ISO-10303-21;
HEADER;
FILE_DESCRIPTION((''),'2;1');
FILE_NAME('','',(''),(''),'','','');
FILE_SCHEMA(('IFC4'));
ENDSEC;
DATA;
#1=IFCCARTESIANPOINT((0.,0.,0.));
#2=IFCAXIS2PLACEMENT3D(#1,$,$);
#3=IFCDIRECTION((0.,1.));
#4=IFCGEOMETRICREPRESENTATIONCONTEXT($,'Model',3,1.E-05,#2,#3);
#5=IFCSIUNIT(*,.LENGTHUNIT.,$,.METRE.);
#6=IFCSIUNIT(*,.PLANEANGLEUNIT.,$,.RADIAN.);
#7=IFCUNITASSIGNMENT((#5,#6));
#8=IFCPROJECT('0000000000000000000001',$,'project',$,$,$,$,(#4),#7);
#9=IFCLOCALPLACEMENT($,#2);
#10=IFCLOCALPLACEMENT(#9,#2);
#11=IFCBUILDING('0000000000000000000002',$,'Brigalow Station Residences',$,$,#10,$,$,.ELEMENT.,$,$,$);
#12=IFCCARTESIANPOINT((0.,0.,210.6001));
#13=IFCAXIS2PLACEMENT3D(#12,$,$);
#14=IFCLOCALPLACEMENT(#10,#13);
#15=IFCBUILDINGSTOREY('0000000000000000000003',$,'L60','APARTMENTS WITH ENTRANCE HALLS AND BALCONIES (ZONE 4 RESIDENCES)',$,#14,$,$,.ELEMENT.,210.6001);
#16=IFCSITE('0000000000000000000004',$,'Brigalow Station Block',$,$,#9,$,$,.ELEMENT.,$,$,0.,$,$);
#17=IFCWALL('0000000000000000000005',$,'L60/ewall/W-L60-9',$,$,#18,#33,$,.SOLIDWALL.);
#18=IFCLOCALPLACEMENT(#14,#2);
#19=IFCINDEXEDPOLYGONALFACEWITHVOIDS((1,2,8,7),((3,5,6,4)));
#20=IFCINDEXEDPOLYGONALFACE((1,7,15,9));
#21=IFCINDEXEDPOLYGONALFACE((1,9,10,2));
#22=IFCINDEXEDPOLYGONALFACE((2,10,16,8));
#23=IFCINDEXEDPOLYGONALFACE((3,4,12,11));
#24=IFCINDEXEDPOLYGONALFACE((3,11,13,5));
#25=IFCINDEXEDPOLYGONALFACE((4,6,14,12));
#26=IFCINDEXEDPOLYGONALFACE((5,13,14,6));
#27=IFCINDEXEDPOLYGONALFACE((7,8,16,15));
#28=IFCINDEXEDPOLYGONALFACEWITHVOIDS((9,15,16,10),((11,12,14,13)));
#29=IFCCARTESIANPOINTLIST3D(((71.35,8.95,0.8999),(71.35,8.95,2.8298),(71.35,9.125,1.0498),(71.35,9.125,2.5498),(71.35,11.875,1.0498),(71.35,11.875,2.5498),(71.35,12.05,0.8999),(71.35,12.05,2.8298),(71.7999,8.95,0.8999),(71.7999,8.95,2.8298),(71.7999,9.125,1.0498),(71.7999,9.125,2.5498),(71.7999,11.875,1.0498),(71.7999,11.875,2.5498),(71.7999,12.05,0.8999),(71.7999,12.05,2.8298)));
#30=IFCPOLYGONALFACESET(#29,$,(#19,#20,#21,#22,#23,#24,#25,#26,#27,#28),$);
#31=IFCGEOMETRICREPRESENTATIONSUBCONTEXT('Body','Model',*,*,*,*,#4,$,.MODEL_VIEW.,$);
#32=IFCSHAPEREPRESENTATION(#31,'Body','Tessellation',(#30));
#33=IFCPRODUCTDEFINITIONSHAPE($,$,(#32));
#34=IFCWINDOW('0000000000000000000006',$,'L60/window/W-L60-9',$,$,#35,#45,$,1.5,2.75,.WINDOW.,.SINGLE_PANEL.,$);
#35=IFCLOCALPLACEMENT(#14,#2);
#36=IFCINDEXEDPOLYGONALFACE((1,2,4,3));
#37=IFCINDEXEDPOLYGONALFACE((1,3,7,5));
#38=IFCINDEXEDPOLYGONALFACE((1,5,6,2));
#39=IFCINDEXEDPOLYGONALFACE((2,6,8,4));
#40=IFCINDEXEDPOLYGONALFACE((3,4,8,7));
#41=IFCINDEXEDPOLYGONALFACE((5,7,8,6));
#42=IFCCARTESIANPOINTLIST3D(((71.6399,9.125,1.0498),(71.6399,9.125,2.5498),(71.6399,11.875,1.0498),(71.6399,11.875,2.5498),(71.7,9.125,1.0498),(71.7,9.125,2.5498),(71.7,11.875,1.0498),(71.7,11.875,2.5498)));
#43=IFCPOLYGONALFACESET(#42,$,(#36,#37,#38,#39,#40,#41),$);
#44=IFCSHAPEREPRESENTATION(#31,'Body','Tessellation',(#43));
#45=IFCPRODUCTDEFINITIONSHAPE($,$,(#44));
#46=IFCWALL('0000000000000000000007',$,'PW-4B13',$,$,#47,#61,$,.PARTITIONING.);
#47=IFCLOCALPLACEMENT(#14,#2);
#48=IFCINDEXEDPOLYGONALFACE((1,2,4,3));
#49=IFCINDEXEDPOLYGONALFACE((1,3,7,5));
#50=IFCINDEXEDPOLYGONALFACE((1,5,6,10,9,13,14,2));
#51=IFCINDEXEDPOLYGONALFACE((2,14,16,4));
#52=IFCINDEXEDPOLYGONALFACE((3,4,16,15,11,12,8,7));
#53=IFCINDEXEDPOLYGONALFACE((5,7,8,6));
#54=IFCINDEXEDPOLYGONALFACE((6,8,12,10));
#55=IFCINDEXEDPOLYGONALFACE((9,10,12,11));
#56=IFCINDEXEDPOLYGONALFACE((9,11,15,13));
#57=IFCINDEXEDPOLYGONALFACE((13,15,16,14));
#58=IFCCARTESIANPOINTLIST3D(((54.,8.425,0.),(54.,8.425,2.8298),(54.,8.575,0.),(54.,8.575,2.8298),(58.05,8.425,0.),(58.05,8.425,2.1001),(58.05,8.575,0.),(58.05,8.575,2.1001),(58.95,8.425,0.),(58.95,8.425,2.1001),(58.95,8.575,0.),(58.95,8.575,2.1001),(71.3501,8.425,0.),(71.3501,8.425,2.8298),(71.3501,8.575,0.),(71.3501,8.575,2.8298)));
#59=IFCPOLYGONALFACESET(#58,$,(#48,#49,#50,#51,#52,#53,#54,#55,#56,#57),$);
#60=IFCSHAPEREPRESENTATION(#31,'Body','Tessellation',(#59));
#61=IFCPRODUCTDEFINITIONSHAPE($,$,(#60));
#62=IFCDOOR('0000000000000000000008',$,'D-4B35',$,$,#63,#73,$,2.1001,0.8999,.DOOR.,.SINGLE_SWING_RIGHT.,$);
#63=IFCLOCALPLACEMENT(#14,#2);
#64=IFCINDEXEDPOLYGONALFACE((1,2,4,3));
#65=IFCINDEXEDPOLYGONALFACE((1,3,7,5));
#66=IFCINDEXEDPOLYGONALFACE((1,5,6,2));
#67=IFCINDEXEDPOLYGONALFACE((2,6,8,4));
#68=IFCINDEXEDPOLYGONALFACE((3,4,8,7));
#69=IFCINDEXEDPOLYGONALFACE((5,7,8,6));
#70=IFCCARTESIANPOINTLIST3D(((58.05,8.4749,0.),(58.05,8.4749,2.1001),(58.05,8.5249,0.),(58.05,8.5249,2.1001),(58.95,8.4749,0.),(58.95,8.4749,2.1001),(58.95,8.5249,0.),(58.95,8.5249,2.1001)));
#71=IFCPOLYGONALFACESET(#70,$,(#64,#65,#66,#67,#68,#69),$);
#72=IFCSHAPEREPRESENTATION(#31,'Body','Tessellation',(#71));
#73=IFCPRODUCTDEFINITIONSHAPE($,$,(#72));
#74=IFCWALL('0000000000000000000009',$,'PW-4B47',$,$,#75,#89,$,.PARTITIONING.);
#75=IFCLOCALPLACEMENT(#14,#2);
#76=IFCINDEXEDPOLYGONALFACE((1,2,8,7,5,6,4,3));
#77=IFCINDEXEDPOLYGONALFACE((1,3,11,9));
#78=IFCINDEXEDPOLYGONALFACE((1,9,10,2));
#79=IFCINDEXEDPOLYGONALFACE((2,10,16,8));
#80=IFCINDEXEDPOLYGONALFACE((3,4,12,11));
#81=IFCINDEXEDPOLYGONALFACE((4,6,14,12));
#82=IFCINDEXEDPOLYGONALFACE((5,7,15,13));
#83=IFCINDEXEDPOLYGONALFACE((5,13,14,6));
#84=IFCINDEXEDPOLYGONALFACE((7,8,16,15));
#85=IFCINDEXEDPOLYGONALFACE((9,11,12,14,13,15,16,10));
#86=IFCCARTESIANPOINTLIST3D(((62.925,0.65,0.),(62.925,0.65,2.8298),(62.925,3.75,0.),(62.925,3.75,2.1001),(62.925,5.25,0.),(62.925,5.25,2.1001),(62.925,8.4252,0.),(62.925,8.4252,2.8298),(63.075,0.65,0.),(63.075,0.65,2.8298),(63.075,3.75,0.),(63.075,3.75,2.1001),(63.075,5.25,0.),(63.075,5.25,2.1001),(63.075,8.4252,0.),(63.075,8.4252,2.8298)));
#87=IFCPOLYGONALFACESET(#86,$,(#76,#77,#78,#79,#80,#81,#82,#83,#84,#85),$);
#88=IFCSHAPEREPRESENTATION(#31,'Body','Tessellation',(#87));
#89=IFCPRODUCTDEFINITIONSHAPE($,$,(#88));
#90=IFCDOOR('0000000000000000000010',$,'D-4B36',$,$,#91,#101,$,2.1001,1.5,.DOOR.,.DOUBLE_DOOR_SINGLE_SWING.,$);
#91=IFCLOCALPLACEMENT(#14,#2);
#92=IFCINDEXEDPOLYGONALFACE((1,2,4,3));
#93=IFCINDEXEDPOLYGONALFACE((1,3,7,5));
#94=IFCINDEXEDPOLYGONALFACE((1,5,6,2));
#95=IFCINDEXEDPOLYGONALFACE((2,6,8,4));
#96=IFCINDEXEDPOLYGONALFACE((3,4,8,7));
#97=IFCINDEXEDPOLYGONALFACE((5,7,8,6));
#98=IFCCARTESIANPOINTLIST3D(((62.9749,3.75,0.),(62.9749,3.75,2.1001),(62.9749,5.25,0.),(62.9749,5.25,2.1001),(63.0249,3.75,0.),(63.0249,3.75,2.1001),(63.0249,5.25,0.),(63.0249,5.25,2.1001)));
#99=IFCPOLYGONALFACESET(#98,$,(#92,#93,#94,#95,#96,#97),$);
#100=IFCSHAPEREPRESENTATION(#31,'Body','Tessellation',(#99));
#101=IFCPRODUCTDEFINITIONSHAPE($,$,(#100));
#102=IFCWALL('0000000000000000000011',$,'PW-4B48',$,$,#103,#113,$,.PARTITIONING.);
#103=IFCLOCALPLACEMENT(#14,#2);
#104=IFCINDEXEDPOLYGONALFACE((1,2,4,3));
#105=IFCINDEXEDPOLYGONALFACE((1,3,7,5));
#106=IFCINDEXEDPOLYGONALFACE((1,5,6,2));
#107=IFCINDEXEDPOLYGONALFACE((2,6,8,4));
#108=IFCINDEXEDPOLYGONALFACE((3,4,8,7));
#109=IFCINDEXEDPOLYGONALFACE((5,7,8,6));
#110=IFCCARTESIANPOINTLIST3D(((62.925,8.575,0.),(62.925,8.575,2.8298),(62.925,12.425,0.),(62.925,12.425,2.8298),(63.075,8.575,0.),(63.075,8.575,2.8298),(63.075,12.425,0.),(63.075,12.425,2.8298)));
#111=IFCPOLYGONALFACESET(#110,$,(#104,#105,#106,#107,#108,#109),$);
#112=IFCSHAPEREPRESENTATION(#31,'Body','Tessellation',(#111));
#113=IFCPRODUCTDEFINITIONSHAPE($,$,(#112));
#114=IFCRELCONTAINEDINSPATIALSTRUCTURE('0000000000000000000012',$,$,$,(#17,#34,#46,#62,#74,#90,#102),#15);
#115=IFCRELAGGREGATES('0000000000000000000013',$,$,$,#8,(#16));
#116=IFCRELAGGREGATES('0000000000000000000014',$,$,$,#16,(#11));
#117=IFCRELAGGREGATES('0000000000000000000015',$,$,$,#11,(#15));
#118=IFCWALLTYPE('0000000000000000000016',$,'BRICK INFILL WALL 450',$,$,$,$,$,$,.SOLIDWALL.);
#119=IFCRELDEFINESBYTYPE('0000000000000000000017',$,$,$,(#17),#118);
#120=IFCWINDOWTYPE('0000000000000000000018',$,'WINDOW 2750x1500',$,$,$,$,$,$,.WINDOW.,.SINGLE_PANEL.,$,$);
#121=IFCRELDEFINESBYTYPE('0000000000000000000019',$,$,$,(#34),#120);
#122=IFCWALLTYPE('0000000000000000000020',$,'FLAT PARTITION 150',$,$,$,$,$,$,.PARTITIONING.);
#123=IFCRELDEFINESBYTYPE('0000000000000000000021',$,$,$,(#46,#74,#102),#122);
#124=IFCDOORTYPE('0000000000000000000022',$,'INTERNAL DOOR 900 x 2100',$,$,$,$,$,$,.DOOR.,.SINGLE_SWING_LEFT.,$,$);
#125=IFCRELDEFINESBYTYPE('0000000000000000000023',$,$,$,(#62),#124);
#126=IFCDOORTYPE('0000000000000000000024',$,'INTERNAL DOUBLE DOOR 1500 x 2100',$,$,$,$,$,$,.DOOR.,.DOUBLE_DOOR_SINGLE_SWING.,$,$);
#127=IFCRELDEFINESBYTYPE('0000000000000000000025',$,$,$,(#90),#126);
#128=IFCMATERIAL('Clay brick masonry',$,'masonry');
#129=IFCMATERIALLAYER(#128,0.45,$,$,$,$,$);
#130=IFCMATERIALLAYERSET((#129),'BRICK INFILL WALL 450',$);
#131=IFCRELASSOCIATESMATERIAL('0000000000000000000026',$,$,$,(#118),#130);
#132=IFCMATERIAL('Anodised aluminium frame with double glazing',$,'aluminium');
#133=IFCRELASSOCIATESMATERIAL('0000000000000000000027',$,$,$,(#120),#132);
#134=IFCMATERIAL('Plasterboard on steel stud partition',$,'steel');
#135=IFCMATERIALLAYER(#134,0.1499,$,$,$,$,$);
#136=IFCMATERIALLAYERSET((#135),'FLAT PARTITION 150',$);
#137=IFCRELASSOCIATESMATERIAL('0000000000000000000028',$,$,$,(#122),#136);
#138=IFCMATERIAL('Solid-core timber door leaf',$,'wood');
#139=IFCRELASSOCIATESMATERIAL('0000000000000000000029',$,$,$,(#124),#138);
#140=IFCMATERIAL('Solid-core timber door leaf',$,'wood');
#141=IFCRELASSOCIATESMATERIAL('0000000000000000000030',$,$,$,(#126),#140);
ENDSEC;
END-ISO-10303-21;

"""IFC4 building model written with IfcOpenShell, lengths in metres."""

from ifc_helpers import new_model, si_unit, direction, frame, frame_2d, origin, place, context, subcontext, project, spatial, rectangle, extrude, material, layer, layer_set, type_object, element, fill, save


model = new_model("IFC4")

# Units and contexts
model_context = context("Model", 3, precision=1e-05, world=origin(), true_north=direction((0.0, 1.0)))
body_context = subcontext(model_context, "Body", "Model", "MODEL_VIEW")
ifc_project = project(units=[si_unit("LENGTHUNIT", "METRE"), si_unit("PLANEANGLEUNIT", "RADIAN")], contexts=[model_context])

# Site, building, storey
site_placement = place(None, origin())
site = spatial("IfcSite", under=ifc_project, at=site_placement, Name="Brigalow Station Block", CompositionType="ELEMENT", RefElevation=0.0)
building_placement = place(site_placement, origin())
building = spatial("IfcBuilding", under=site, at=building_placement, Name="Brigalow Station Residences", CompositionType="ELEMENT")
storey_placement = place(building_placement, frame((0.0, 0.0, 210.6001)))
storey = spatial("IfcBuildingStorey", under=building, at=storey_placement, Name="L60", Description="APARTMENTS WITH ENTRANCE HALLS AND BALCONIES (ZONE 4 RESIDENCES)", CompositionType="ELEMENT", Elevation=210.6001)

# Wall, opening, window
ifc_material_1 = material(Name="Clay brick masonry", Category="masonry")
ifc_layer_1 = layer(ifc_material_1, 0.45)
ifc_layer_set_1 = layer_set([ifc_layer_1], Name="BRICK INFILL WALL 450")
wall_type_1 = type_object("IfcWallType", Name="BRICK INFILL WALL 450", PredefinedType="SOLIDWALL", material=ifc_layer_set_1)
wall_1_placement = place(storey_placement, frame((71.575, 8.95, 0.8999), z_axis=(0.0, 0.0, 1.0), x_axis=(0.0, 1.0, 0.0)))
wall_1 = element("IfcWall", 1, at=wall_1_placement, inside=storey, type_object=wall_type_1, Name="L60/ewall/W-L60-9", PredefinedType="SOLIDWALL", context=body_context, shape_type="SweptSolid", body=[
    extrude(rectangle(XDim=3.1001, YDim=0.45, at=frame_2d((1.55, 0.0))), origin(), (0.0, 0.0, 1.0), 1.9299),
])
opening_1_placement = place(wall_1_placement, frame((0.175, 0.0, 0.1499)))
opening_1 = element("IfcOpeningElement", 2, at=opening_1_placement, cuts=wall_1, PredefinedType="OPENING", context=body_context, shape_type="SweptSolid", body=[
    extrude(rectangle(XDim=2.75, YDim=1.5, at=frame_2d((1.375, 0.75))), frame((0.0, 0.2349, 0.0), z_axis=(0.0, -1.0, 0.0), x_axis=(1.0, 0.0, 0.0)), (0.0, 0.0, 1.0), 0.47),
])
ifc_material_2 = material(Name="Anodised aluminium frame with double glazing", Category="aluminium")
window_type_1 = type_object("IfcWindowType", Name="WINDOW 2750x1500", PartitioningType="SINGLE_PANEL", PredefinedType="WINDOW", material=ifc_material_2)
window_1_placement = place(opening_1_placement, origin())
window_1 = element("IfcWindow", 3, at=window_1_placement, inside=storey, type_object=window_type_1, Name="L60/window/W-L60-9", OverallHeight=1.5, OverallWidth=2.75, PartitioningType="SINGLE_PANEL", PredefinedType="WINDOW", context=body_context, shape_type="SweptSolid", body=[
    extrude(rectangle(XDim=2.75, YDim=1.5, at=frame_2d((1.375, 0.75))), frame((0.0, -0.0649, 0.0), z_axis=(0.0, -1.0, 0.0), x_axis=(1.0, 0.0, 0.0)), (0.0, 0.0, 1.0), 0.0601),
])
fill(opening_1, window_1)

# Walls, openings, doors
ifc_material_3 = material(Name="Plasterboard on steel stud partition", Category="steel")
ifc_layer_2 = layer(ifc_material_3, 0.1499)
ifc_layer_set_2 = layer_set([ifc_layer_2], Name="FLAT PARTITION 150")
wall_type_2 = type_object("IfcWallType", Name="FLAT PARTITION 150", PredefinedType="PARTITIONING", material=ifc_layer_set_2)
wall_2_placement = place(storey_placement, frame((54.0, 8.5, 0.0), z_axis=(0.0, 0.0, 1.0), x_axis=(1.0, 0.0, 0.0)))
wall_2 = element("IfcWall", 4, at=wall_2_placement, inside=storey, type_object=wall_type_2, Name="PW-4B13", PredefinedType="PARTITIONING", context=body_context, shape_type="SweptSolid", body=[
    extrude(rectangle(XDim=17.3501, YDim=0.1499, at=frame_2d((8.675, 0.0))), origin(), (0.0, 0.0, 1.0), 2.8298),
])
opening_2_placement = place(wall_2_placement, frame((4.05, 0.0, 0.0)))
opening_2 = element("IfcOpeningElement", 5, at=opening_2_placement, cuts=wall_2, PredefinedType="OPENING", context=body_context, shape_type="SweptSolid", body=[
    extrude(rectangle(XDim=0.8999, YDim=2.1001, at=frame_2d((0.45, 1.05))), frame((0.0, 0.085, 0.0), z_axis=(0.0, -1.0, 0.0), x_axis=(1.0, 0.0, 0.0)), (0.0, 0.0, 1.0), 0.1699),
])
ifc_material_4 = material(Name="Solid-core timber door leaf", Category="wood")
door_type_1 = type_object("IfcDoorType", Name="INTERNAL DOOR 900 x 2100", OperationType="SINGLE_SWING_LEFT", PredefinedType="DOOR", material=ifc_material_4)
door_1_placement = place(opening_2_placement, origin())
door_1 = element("IfcDoor", 6, at=door_1_placement, inside=storey, type_object=door_type_1, Name="D-4B35", OperationType="SINGLE_SWING_RIGHT", OverallHeight=2.1001, OverallWidth=0.8999, PredefinedType="DOOR", context=body_context, shape_type="SweptSolid", body=[
    extrude(rectangle(XDim=0.8999, YDim=2.1001, at=frame_2d((0.45, 1.05))), frame((0.0, 0.0249, 0.0), z_axis=(0.0, -1.0, 0.0), x_axis=(1.0, 0.0, 0.0)), (0.0, 0.0, 1.0), 0.05),
])
fill(opening_2, door_1)
wall_3_placement = place(storey_placement, frame((63.0, 0.6499, 0.0), z_axis=(0.0, 0.0, 1.0), x_axis=(0.0, 1.0, 0.0)))
wall_3 = element("IfcWall", 7, at=wall_3_placement, inside=storey, type_object=wall_type_2, Name="PW-4B47", PredefinedType="PARTITIONING", context=body_context, shape_type="SweptSolid", body=[
    extrude(rectangle(XDim=7.7751, YDim=0.1499, at=frame_2d((3.8877, 0.0))), origin(), (0.0, 0.0, 1.0), 2.8298),
])
opening_3_placement = place(wall_3_placement, frame((3.1001, 0.0, 0.0)))
opening_3 = element("IfcOpeningElement", 8, at=opening_3_placement, cuts=wall_3, PredefinedType="OPENING", context=body_context, shape_type="SweptSolid", body=[
    extrude(rectangle(XDim=1.5, YDim=2.1001, at=frame_2d((0.75, 1.05))), frame((0.0, 0.085, 0.0), z_axis=(0.0, -1.0, 0.0), x_axis=(1.0, 0.0, 0.0)), (0.0, 0.0, 1.0), 0.1699),
])
ifc_material_5 = material(Name="Solid-core timber door leaf", Category="wood")
door_type_2 = type_object("IfcDoorType", Name="INTERNAL DOUBLE DOOR 1500 x 2100", OperationType="DOUBLE_DOOR_SINGLE_SWING", PredefinedType="DOOR", material=ifc_material_5)
door_2_placement = place(opening_3_placement, frame((1.5, 0.0, 0.0), z_axis=(0.0, 0.0, 1.0), x_axis=(-1.0, 0.0, 0.0)))
door_2 = element("IfcDoor", 9, at=door_2_placement, inside=storey, type_object=door_type_2, Name="D-4B36", OperationType="DOUBLE_DOOR_SINGLE_SWING", OverallHeight=2.1001, OverallWidth=1.5, PredefinedType="DOOR", context=body_context, shape_type="SweptSolid", body=[
    extrude(rectangle(XDim=1.5, YDim=2.1001, at=frame_2d((0.75, 1.05))), frame((0.0, 0.0249, 0.0), z_axis=(0.0, -1.0, 0.0), x_axis=(1.0, 0.0, 0.0)), (0.0, 0.0, 1.0), 0.05),
])
fill(opening_3, door_2)

# Wall
wall_4_placement = place(storey_placement, frame((63.0, 8.575, 0.0), z_axis=(0.0, 0.0, 1.0), x_axis=(0.0, 1.0, 0.0)))
element("IfcWall", 10, at=wall_4_placement, inside=storey, type_object=wall_type_2, Name="PW-4B48", PredefinedType="PARTITIONING", context=body_context, shape_type="SweptSolid", body=[
    extrude(rectangle(XDim=3.8501, YDim=0.1499, at=frame_2d((1.925, 0.0))), origin(), (0.0, 0.0, 1.0), 2.8298),
])

save(model, "model.ifc")
